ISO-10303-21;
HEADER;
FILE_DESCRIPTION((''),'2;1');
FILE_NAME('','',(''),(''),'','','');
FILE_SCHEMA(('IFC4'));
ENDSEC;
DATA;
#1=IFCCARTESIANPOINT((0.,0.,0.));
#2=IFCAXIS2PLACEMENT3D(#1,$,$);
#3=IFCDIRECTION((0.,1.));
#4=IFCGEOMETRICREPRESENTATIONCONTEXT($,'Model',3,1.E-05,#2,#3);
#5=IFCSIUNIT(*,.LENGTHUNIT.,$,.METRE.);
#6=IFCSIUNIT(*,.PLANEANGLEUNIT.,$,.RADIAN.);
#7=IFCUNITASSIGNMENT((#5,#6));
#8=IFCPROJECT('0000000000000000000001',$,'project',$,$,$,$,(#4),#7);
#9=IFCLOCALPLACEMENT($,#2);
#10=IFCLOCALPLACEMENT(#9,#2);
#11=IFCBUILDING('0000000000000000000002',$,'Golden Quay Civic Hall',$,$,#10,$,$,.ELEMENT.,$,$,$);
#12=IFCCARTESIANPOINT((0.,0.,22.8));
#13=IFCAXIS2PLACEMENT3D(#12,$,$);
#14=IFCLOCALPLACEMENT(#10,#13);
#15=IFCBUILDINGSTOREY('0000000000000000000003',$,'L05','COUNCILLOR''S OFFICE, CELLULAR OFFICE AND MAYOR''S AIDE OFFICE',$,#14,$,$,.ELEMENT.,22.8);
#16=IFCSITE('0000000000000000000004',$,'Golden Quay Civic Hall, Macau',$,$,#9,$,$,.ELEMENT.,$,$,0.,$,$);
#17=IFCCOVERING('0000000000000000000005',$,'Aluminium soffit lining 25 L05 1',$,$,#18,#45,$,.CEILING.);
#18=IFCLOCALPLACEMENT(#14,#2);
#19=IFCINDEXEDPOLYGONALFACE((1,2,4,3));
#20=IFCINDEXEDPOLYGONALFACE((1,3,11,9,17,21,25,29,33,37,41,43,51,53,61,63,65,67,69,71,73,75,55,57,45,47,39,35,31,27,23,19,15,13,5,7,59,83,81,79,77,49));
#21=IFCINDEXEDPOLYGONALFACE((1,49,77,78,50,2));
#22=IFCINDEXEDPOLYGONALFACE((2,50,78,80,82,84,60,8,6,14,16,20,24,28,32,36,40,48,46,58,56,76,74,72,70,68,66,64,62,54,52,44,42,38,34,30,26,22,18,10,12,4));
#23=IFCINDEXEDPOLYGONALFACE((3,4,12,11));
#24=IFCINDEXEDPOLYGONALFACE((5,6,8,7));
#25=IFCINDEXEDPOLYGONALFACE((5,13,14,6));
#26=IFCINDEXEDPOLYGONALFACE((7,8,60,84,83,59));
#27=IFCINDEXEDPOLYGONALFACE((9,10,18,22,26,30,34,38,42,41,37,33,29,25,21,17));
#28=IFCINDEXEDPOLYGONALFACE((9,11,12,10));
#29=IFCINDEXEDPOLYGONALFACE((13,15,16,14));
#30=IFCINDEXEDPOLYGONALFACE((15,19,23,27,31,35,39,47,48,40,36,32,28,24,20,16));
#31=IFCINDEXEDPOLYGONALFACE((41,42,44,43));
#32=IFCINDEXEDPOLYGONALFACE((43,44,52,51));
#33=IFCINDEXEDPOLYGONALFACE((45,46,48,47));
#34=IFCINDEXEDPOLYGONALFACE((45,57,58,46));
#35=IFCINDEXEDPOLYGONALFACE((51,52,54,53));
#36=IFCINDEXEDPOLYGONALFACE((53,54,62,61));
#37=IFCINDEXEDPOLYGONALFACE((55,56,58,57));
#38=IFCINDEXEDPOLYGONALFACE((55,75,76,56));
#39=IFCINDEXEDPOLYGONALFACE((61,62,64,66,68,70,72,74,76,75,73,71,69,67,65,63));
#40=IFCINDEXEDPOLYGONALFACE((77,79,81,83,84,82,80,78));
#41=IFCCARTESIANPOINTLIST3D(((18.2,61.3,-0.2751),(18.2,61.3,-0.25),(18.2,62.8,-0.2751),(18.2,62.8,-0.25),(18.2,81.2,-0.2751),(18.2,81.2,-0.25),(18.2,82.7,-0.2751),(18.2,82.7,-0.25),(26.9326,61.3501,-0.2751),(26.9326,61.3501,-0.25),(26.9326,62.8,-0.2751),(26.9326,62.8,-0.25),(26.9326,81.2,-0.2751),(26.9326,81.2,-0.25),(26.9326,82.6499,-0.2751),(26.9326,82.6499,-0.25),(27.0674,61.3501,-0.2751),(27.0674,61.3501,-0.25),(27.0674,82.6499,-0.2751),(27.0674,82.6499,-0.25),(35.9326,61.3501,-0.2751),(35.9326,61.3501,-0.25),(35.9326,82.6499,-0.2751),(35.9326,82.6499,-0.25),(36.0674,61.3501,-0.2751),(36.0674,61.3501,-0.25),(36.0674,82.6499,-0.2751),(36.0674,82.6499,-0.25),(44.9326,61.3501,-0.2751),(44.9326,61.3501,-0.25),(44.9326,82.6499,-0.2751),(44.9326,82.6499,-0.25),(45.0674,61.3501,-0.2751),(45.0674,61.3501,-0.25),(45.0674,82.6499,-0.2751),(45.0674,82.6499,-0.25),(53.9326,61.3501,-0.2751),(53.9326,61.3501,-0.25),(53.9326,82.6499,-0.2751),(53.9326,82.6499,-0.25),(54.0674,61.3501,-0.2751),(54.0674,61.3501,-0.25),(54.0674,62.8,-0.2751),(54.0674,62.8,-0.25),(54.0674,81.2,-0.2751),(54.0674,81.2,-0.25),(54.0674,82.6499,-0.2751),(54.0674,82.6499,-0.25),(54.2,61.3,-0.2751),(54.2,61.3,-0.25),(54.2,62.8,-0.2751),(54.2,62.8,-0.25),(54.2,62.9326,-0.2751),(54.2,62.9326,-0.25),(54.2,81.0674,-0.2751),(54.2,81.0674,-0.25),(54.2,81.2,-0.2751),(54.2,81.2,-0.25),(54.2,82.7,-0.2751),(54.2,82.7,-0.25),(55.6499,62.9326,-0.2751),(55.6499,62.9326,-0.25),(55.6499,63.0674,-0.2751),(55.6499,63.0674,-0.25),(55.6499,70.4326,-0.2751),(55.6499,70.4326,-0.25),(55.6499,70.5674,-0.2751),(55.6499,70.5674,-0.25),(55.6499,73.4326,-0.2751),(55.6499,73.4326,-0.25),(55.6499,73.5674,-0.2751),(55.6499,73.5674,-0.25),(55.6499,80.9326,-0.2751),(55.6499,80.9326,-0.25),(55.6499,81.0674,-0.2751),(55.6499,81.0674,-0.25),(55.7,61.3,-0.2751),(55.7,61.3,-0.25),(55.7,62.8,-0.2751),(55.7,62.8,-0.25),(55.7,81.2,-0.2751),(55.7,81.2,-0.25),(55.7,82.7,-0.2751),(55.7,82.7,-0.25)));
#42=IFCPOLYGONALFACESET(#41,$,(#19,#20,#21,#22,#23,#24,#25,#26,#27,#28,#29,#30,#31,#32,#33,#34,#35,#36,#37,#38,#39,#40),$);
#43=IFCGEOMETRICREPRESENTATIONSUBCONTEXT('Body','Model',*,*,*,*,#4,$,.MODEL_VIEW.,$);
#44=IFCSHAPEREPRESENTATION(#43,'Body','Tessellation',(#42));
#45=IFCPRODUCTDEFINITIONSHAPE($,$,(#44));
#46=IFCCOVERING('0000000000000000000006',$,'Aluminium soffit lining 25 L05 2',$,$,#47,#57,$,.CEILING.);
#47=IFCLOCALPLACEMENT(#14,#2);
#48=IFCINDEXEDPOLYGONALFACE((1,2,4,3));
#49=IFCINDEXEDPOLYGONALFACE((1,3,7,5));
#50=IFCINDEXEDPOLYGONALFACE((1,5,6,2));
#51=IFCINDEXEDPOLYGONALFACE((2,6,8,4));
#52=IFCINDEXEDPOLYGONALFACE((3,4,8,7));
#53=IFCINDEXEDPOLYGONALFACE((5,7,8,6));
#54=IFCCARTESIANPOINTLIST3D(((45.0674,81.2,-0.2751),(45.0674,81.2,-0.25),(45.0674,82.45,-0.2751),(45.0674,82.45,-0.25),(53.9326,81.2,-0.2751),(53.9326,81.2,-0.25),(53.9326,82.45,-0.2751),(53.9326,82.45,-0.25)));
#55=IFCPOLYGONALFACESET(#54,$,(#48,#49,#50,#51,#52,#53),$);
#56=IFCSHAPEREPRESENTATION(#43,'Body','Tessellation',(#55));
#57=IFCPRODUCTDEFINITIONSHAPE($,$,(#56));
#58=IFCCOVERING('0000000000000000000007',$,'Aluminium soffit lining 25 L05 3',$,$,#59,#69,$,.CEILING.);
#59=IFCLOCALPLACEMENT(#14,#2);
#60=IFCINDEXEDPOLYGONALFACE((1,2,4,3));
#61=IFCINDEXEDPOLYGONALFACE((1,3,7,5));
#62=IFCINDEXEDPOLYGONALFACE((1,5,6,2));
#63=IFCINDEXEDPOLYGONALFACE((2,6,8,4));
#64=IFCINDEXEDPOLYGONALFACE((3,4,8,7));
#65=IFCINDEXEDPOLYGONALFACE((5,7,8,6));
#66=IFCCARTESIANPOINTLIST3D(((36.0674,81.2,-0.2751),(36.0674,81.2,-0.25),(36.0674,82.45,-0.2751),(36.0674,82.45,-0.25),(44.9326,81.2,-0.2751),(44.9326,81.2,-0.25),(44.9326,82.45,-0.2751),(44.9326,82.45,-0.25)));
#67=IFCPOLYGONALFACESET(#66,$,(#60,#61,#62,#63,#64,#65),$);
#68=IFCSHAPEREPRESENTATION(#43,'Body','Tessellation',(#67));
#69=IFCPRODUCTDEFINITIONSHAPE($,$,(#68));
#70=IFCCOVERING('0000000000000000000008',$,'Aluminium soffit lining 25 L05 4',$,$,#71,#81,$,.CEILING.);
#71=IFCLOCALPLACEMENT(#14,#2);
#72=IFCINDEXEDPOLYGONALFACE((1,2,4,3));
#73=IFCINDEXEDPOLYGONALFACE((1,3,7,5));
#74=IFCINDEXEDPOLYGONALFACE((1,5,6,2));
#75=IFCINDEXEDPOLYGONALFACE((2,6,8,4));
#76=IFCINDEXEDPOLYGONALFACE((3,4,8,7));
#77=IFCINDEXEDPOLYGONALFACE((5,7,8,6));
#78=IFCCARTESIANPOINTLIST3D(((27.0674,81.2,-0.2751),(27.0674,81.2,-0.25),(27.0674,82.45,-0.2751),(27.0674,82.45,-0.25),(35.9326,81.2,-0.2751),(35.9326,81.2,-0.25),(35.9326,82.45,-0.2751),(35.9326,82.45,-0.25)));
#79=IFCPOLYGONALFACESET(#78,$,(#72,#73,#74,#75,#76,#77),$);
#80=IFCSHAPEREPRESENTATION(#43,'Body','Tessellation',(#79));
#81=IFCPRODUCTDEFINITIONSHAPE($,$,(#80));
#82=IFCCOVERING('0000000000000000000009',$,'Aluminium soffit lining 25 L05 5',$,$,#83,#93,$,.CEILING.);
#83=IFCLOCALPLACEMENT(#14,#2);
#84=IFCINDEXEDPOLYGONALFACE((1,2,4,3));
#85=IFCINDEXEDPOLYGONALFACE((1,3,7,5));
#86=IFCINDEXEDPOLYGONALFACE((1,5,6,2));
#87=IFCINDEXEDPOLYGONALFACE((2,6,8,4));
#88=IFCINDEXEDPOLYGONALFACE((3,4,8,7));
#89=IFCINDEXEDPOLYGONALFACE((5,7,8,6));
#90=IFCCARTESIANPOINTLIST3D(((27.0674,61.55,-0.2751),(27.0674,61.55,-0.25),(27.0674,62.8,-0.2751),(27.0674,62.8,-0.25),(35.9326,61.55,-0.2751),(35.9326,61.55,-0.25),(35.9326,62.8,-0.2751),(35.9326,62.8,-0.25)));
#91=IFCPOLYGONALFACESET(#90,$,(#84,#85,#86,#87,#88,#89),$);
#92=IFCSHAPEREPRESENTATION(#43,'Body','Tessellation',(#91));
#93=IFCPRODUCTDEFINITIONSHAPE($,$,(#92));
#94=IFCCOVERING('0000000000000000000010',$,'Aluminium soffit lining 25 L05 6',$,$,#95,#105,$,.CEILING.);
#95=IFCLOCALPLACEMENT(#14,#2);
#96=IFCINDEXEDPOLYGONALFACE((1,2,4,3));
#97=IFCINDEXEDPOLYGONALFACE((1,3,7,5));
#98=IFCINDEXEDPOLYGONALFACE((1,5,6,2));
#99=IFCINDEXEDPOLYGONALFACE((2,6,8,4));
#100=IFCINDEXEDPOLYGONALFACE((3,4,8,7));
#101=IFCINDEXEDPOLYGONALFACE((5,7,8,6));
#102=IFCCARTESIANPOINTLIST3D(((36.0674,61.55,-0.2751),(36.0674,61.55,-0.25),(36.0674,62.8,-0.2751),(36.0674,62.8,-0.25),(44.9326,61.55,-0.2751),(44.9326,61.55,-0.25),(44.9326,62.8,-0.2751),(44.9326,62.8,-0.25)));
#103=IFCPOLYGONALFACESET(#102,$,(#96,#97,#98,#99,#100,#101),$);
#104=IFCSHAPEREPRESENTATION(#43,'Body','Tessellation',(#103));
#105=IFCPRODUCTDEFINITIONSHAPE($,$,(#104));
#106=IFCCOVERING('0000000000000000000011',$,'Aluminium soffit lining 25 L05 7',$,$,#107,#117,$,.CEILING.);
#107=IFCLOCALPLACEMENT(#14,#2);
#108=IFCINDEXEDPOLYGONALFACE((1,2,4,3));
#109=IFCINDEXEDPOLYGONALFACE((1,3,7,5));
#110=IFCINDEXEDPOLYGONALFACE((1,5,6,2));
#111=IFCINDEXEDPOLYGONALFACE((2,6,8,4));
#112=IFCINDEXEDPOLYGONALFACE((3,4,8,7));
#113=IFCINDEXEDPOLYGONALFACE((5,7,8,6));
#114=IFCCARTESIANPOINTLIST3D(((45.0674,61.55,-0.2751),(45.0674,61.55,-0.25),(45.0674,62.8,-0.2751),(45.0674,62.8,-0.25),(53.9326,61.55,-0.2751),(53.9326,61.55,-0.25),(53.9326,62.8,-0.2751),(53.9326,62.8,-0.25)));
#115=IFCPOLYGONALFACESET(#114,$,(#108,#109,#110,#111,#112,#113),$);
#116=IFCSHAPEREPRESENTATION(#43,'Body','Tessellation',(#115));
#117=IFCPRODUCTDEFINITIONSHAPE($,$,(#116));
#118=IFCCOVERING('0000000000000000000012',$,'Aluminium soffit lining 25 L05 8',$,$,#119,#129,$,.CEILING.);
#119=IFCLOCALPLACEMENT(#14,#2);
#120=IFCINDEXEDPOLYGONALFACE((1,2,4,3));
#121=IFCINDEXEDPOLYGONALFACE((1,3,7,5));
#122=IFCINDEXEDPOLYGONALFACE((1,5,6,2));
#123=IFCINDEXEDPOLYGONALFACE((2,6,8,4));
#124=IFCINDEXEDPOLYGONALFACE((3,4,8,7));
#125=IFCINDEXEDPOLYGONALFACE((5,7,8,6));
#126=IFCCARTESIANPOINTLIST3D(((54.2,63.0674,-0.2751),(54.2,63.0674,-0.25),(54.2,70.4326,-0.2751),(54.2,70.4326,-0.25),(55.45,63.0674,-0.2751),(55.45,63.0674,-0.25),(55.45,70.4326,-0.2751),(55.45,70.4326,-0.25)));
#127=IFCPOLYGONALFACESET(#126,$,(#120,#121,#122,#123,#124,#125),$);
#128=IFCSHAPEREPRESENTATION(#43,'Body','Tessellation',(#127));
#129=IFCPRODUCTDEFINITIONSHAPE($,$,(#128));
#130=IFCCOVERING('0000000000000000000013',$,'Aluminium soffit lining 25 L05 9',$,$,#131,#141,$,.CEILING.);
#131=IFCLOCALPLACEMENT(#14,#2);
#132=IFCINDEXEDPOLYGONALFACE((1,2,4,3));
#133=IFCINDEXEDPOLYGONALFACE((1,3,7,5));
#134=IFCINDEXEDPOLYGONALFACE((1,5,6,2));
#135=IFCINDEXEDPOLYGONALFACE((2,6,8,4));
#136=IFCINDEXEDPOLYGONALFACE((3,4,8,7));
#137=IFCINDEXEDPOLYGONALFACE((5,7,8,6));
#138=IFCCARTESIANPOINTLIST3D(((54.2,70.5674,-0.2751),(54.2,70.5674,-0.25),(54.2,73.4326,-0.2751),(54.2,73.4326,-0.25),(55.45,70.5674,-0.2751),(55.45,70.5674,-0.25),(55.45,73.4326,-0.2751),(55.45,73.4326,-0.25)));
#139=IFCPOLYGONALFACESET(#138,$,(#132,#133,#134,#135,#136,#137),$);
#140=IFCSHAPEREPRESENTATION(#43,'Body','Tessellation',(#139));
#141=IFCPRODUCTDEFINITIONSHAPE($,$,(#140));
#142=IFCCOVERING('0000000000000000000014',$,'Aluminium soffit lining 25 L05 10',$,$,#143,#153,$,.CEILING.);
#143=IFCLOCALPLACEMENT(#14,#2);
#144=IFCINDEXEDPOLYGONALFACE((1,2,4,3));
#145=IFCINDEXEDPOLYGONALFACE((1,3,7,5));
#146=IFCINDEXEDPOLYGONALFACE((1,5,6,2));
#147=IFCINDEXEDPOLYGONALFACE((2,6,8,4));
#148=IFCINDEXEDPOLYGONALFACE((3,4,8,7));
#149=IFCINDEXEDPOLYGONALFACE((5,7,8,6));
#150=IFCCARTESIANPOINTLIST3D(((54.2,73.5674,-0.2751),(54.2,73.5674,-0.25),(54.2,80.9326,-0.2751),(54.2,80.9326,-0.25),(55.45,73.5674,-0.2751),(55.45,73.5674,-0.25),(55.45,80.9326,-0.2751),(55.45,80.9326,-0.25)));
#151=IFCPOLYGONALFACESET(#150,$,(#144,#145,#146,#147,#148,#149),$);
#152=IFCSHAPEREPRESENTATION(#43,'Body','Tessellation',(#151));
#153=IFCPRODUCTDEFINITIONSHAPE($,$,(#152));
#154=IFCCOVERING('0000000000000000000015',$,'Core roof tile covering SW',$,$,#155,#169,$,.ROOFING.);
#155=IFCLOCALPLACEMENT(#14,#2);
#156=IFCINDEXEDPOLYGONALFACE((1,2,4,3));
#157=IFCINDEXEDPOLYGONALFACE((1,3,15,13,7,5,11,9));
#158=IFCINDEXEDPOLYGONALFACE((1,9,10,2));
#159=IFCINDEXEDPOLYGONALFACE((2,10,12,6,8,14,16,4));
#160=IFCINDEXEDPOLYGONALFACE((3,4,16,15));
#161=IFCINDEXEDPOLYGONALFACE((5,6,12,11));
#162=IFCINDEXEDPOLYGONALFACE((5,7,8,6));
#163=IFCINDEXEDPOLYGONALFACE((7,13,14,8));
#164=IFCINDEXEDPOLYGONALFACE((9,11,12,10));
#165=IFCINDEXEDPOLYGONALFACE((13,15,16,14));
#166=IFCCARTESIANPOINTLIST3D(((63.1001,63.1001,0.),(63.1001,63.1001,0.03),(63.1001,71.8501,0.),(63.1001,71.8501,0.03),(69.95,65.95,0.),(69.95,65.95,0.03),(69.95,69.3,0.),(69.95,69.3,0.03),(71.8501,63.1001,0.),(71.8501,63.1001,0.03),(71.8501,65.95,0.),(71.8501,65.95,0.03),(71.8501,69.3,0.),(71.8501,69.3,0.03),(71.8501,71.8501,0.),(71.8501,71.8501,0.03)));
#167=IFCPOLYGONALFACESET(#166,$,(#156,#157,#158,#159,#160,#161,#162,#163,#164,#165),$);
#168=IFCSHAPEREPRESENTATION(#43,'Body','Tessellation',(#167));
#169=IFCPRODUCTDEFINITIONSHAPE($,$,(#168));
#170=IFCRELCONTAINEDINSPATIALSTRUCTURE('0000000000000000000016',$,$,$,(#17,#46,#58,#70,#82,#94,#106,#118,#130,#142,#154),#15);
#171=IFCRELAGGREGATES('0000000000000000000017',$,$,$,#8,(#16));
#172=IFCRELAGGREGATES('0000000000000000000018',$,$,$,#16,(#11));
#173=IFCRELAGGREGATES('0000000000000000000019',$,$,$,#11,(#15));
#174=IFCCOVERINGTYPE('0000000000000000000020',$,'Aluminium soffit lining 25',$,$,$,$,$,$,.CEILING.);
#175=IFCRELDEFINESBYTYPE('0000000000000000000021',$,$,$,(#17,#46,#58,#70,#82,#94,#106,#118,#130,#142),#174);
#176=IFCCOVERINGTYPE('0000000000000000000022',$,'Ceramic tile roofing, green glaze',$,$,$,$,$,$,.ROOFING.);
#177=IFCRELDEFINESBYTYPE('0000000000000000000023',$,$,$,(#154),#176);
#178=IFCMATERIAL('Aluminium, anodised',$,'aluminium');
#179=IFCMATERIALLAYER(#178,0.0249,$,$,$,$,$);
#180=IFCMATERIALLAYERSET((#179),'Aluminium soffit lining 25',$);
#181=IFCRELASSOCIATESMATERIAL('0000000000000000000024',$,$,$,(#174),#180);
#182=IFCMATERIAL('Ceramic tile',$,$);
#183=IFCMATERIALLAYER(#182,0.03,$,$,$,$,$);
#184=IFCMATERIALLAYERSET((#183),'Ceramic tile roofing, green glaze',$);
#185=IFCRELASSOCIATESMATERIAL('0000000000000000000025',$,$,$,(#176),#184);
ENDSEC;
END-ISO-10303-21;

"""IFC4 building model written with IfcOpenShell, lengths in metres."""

from ifc_helpers import new_model, si_unit, direction, frame, origin, place, context, subcontext, project, spatial, polyline, outline, extrude, material, layer, layer_set, type_object, element, save


model = new_model("IFC4")

# Units and contexts
model_context = context("Model", 3, precision=1e-05, world=origin(), true_north=direction((0.0, 1.0)))
body_context = subcontext(model_context, "Body", "Model", "MODEL_VIEW")
ifc_project = project(units=[si_unit("LENGTHUNIT", "METRE"), si_unit("PLANEANGLEUNIT", "RADIAN")], contexts=[model_context])

# Site, building, storey
site_placement = place(None, origin())
site = spatial("IfcSite", under=ifc_project, at=site_placement, Name="Golden Quay Civic Hall, Macau", CompositionType="ELEMENT", RefElevation=0.0)
building_placement = place(site_placement, origin())
building = spatial("IfcBuilding", under=site, at=building_placement, Name="Golden Quay Civic Hall", CompositionType="ELEMENT")
storey_placement = place(building_placement, frame((0.0, 0.0, 22.8)))
storey = spatial("IfcBuildingStorey", under=building, at=storey_placement, Name="L05", Description="COUNCILLOR'S OFFICE, CELLULAR OFFICE AND MAYOR'S AIDE OFFICE", CompositionType="ELEMENT", Elevation=22.8)

# Coverings
ifc_material_1 = material(Name="Aluminium, anodised", Category="aluminium")
ifc_layer_1 = layer(ifc_material_1, 0.0249)
ifc_layer_set_1 = layer_set([ifc_layer_1], Name="Aluminium soffit lining 25")
covering_type_1 = type_object("IfcCoveringType", Name="Aluminium soffit lining 25", PredefinedType="CEILING", material=ifc_layer_set_1)
covering_1_placement = place(storey_placement, frame((0.0, 0.0, -0.2751)))
element("IfcCovering", 1, at=covering_1_placement, inside=storey, type_object=covering_type_1, Name="Aluminium soffit lining 25 L05 1", PredefinedType="CEILING", context=body_context, shape_type="SweptSolid", body=[
    extrude(outline(polyline([(54.0674, 81.2), (54.0674, 82.6499), (53.9326, 82.6499), (45.0674, 82.6499), (44.9326, 82.6499), (36.0674, 82.6499), (35.9326, 82.6499), (27.0674, 82.6499), (26.9326, 82.6499), (26.9326, 81.2), (18.2, 81.2), (18.2, 82.7), (54.2, 82.7), (55.7, 82.7), (55.7, 81.2), (55.7, 62.8), (55.7, 61.3), (54.2, 61.3), (18.2, 61.3), (18.2, 62.8), (26.9326, 62.8), (26.9326, 61.3501), (27.0674, 61.3501), (35.9326, 61.3501), (36.0674, 61.3501), (44.9326, 61.3501), (45.0674, 61.3501), (53.9326, 61.3501), (54.0674, 61.3501), (54.0674, 62.8), (54.2, 62.8), (54.2, 62.9326), (55.6499, 62.9326), (55.6499, 63.0674), (55.6499, 70.4326), (55.6499, 70.5674), (55.6499, 73.4326), (55.6499, 73.5674), (55.6499, 80.9326), (55.6499, 81.0674), (54.2, 81.0674), (54.2, 81.2), (54.0674, 81.2)])), origin(), (0.0, 0.0, 1.0), 0.0251),
])
covering_2_placement = place(storey_placement, frame((0.0, 0.0, -0.2751)))
element("IfcCovering", 2, at=covering_2_placement, inside=storey, type_object=covering_type_1, Name="Aluminium soffit lining 25 L05 2", PredefinedType="CEILING", context=body_context, shape_type="SweptSolid", body=[
    extrude(outline(polyline([(45.0674, 81.2), (45.0674, 82.45), (53.9326, 82.45), (53.9326, 81.2), (45.0674, 81.2)])), origin(), (0.0, 0.0, 1.0), 0.0251),
])
covering_3_placement = place(storey_placement, frame((0.0, 0.0, -0.2751)))
element("IfcCovering", 3, at=covering_3_placement, inside=storey, type_object=covering_type_1, Name="Aluminium soffit lining 25 L05 3", PredefinedType="CEILING", context=body_context, shape_type="SweptSolid", body=[
    extrude(outline(polyline([(36.0674, 81.2), (36.0674, 82.45), (44.9326, 82.45), (44.9326, 81.2), (36.0674, 81.2)])), origin(), (0.0, 0.0, 1.0), 0.0251),
])
covering_4_placement = place(storey_placement, frame((0.0, 0.0, -0.2751)))
element("IfcCovering", 4, at=covering_4_placement, inside=storey, type_object=covering_type_1, Name="Aluminium soffit lining 25 L05 4", PredefinedType="CEILING", context=body_context, shape_type="SweptSolid", body=[
    extrude(outline(polyline([(27.0674, 81.2), (27.0674, 82.45), (35.9326, 82.45), (35.9326, 81.2), (27.0674, 81.2)])), origin(), (0.0, 0.0, 1.0), 0.0251),
])
covering_5_placement = place(storey_placement, frame((0.0, 0.0, -0.2751)))
element("IfcCovering", 5, at=covering_5_placement, inside=storey, type_object=covering_type_1, Name="Aluminium soffit lining 25 L05 5", PredefinedType="CEILING", context=body_context, shape_type="SweptSolid", body=[
    extrude(outline(polyline([(35.9326, 62.8), (35.9326, 61.55), (27.0674, 61.55), (27.0674, 62.8), (35.9326, 62.8)])), origin(), (0.0, 0.0, 1.0), 0.0251),
])
covering_6_placement = place(storey_placement, frame((0.0, 0.0, -0.2751)))
element("IfcCovering", 6, at=covering_6_placement, inside=storey, type_object=covering_type_1, Name="Aluminium soffit lining 25 L05 6", PredefinedType="CEILING", context=body_context, shape_type="SweptSolid", body=[
    extrude(outline(polyline([(44.9326, 62.8), (44.9326, 61.55), (36.0674, 61.55), (36.0674, 62.8), (44.9326, 62.8)])), origin(), (0.0, 0.0, 1.0), 0.0251),
])
covering_7_placement = place(storey_placement, frame((0.0, 0.0, -0.2751)))
element("IfcCovering", 7, at=covering_7_placement, inside=storey, type_object=covering_type_1, Name="Aluminium soffit lining 25 L05 7", PredefinedType="CEILING", context=body_context, shape_type="SweptSolid", body=[
    extrude(outline(polyline([(53.9326, 62.8), (53.9326, 61.55), (45.0674, 61.55), (45.0674, 62.8), (53.9326, 62.8)])), origin(), (0.0, 0.0, 1.0), 0.0251),
])
covering_8_placement = place(storey_placement, frame((0.0, 0.0, -0.2751)))
element("IfcCovering", 8, at=covering_8_placement, inside=storey, type_object=covering_type_1, Name="Aluminium soffit lining 25 L05 8", PredefinedType="CEILING", context=body_context, shape_type="SweptSolid", body=[
    extrude(outline(polyline([(54.2, 70.4326), (55.45, 70.4326), (55.45, 63.0674), (54.2, 63.0674), (54.2, 70.4326)])), origin(), (0.0, 0.0, 1.0), 0.0251),
])
covering_9_placement = place(storey_placement, frame((0.0, 0.0, -0.2751)))
element("IfcCovering", 9, at=covering_9_placement, inside=storey, type_object=covering_type_1, Name="Aluminium soffit lining 25 L05 9", PredefinedType="CEILING", context=body_context, shape_type="SweptSolid", body=[
    extrude(outline(polyline([(54.2, 73.4326), (55.45, 73.4326), (55.45, 70.5674), (54.2, 70.5674), (54.2, 73.4326)])), origin(), (0.0, 0.0, 1.0), 0.0251),
])
covering_10_placement = place(storey_placement, frame((0.0, 0.0, -0.2751)))
element("IfcCovering", 10, at=covering_10_placement, inside=storey, type_object=covering_type_1, Name="Aluminium soffit lining 25 L05 10", PredefinedType="CEILING", context=body_context, shape_type="SweptSolid", body=[
    extrude(outline(polyline([(54.2, 80.9326), (55.45, 80.9326), (55.45, 73.5674), (54.2, 73.5674), (54.2, 80.9326)])), origin(), (0.0, 0.0, 1.0), 0.0251),
])
ifc_material_2 = material(Name="Ceramic tile")
ifc_layer_2 = layer(ifc_material_2, 0.03)
ifc_layer_set_2 = layer_set([ifc_layer_2], Name="Ceramic tile roofing, green glaze")
covering_type_2 = type_object("IfcCoveringType", Name="Ceramic tile roofing, green glaze", PredefinedType="ROOFING", material=ifc_layer_set_2)
covering_11_placement = place(storey_placement, origin())
element("IfcCovering", 11, at=covering_11_placement, inside=storey, type_object=covering_type_2, Name="Core roof tile covering SW", PredefinedType="ROOFING", context=body_context, shape_type="SweptSolid", body=[
    extrude(outline(polyline([(71.8501, 63.1001), (63.1001, 63.1001), (63.1001, 71.8501), (71.8501, 71.8501), (71.8501, 69.3), (69.95, 69.3), (69.95, 65.95), (71.8501, 65.95), (71.8501, 63.1001)])), origin(), (0.0, 0.0, 1.0), 0.03),
])

save(model, "model.ifc")
